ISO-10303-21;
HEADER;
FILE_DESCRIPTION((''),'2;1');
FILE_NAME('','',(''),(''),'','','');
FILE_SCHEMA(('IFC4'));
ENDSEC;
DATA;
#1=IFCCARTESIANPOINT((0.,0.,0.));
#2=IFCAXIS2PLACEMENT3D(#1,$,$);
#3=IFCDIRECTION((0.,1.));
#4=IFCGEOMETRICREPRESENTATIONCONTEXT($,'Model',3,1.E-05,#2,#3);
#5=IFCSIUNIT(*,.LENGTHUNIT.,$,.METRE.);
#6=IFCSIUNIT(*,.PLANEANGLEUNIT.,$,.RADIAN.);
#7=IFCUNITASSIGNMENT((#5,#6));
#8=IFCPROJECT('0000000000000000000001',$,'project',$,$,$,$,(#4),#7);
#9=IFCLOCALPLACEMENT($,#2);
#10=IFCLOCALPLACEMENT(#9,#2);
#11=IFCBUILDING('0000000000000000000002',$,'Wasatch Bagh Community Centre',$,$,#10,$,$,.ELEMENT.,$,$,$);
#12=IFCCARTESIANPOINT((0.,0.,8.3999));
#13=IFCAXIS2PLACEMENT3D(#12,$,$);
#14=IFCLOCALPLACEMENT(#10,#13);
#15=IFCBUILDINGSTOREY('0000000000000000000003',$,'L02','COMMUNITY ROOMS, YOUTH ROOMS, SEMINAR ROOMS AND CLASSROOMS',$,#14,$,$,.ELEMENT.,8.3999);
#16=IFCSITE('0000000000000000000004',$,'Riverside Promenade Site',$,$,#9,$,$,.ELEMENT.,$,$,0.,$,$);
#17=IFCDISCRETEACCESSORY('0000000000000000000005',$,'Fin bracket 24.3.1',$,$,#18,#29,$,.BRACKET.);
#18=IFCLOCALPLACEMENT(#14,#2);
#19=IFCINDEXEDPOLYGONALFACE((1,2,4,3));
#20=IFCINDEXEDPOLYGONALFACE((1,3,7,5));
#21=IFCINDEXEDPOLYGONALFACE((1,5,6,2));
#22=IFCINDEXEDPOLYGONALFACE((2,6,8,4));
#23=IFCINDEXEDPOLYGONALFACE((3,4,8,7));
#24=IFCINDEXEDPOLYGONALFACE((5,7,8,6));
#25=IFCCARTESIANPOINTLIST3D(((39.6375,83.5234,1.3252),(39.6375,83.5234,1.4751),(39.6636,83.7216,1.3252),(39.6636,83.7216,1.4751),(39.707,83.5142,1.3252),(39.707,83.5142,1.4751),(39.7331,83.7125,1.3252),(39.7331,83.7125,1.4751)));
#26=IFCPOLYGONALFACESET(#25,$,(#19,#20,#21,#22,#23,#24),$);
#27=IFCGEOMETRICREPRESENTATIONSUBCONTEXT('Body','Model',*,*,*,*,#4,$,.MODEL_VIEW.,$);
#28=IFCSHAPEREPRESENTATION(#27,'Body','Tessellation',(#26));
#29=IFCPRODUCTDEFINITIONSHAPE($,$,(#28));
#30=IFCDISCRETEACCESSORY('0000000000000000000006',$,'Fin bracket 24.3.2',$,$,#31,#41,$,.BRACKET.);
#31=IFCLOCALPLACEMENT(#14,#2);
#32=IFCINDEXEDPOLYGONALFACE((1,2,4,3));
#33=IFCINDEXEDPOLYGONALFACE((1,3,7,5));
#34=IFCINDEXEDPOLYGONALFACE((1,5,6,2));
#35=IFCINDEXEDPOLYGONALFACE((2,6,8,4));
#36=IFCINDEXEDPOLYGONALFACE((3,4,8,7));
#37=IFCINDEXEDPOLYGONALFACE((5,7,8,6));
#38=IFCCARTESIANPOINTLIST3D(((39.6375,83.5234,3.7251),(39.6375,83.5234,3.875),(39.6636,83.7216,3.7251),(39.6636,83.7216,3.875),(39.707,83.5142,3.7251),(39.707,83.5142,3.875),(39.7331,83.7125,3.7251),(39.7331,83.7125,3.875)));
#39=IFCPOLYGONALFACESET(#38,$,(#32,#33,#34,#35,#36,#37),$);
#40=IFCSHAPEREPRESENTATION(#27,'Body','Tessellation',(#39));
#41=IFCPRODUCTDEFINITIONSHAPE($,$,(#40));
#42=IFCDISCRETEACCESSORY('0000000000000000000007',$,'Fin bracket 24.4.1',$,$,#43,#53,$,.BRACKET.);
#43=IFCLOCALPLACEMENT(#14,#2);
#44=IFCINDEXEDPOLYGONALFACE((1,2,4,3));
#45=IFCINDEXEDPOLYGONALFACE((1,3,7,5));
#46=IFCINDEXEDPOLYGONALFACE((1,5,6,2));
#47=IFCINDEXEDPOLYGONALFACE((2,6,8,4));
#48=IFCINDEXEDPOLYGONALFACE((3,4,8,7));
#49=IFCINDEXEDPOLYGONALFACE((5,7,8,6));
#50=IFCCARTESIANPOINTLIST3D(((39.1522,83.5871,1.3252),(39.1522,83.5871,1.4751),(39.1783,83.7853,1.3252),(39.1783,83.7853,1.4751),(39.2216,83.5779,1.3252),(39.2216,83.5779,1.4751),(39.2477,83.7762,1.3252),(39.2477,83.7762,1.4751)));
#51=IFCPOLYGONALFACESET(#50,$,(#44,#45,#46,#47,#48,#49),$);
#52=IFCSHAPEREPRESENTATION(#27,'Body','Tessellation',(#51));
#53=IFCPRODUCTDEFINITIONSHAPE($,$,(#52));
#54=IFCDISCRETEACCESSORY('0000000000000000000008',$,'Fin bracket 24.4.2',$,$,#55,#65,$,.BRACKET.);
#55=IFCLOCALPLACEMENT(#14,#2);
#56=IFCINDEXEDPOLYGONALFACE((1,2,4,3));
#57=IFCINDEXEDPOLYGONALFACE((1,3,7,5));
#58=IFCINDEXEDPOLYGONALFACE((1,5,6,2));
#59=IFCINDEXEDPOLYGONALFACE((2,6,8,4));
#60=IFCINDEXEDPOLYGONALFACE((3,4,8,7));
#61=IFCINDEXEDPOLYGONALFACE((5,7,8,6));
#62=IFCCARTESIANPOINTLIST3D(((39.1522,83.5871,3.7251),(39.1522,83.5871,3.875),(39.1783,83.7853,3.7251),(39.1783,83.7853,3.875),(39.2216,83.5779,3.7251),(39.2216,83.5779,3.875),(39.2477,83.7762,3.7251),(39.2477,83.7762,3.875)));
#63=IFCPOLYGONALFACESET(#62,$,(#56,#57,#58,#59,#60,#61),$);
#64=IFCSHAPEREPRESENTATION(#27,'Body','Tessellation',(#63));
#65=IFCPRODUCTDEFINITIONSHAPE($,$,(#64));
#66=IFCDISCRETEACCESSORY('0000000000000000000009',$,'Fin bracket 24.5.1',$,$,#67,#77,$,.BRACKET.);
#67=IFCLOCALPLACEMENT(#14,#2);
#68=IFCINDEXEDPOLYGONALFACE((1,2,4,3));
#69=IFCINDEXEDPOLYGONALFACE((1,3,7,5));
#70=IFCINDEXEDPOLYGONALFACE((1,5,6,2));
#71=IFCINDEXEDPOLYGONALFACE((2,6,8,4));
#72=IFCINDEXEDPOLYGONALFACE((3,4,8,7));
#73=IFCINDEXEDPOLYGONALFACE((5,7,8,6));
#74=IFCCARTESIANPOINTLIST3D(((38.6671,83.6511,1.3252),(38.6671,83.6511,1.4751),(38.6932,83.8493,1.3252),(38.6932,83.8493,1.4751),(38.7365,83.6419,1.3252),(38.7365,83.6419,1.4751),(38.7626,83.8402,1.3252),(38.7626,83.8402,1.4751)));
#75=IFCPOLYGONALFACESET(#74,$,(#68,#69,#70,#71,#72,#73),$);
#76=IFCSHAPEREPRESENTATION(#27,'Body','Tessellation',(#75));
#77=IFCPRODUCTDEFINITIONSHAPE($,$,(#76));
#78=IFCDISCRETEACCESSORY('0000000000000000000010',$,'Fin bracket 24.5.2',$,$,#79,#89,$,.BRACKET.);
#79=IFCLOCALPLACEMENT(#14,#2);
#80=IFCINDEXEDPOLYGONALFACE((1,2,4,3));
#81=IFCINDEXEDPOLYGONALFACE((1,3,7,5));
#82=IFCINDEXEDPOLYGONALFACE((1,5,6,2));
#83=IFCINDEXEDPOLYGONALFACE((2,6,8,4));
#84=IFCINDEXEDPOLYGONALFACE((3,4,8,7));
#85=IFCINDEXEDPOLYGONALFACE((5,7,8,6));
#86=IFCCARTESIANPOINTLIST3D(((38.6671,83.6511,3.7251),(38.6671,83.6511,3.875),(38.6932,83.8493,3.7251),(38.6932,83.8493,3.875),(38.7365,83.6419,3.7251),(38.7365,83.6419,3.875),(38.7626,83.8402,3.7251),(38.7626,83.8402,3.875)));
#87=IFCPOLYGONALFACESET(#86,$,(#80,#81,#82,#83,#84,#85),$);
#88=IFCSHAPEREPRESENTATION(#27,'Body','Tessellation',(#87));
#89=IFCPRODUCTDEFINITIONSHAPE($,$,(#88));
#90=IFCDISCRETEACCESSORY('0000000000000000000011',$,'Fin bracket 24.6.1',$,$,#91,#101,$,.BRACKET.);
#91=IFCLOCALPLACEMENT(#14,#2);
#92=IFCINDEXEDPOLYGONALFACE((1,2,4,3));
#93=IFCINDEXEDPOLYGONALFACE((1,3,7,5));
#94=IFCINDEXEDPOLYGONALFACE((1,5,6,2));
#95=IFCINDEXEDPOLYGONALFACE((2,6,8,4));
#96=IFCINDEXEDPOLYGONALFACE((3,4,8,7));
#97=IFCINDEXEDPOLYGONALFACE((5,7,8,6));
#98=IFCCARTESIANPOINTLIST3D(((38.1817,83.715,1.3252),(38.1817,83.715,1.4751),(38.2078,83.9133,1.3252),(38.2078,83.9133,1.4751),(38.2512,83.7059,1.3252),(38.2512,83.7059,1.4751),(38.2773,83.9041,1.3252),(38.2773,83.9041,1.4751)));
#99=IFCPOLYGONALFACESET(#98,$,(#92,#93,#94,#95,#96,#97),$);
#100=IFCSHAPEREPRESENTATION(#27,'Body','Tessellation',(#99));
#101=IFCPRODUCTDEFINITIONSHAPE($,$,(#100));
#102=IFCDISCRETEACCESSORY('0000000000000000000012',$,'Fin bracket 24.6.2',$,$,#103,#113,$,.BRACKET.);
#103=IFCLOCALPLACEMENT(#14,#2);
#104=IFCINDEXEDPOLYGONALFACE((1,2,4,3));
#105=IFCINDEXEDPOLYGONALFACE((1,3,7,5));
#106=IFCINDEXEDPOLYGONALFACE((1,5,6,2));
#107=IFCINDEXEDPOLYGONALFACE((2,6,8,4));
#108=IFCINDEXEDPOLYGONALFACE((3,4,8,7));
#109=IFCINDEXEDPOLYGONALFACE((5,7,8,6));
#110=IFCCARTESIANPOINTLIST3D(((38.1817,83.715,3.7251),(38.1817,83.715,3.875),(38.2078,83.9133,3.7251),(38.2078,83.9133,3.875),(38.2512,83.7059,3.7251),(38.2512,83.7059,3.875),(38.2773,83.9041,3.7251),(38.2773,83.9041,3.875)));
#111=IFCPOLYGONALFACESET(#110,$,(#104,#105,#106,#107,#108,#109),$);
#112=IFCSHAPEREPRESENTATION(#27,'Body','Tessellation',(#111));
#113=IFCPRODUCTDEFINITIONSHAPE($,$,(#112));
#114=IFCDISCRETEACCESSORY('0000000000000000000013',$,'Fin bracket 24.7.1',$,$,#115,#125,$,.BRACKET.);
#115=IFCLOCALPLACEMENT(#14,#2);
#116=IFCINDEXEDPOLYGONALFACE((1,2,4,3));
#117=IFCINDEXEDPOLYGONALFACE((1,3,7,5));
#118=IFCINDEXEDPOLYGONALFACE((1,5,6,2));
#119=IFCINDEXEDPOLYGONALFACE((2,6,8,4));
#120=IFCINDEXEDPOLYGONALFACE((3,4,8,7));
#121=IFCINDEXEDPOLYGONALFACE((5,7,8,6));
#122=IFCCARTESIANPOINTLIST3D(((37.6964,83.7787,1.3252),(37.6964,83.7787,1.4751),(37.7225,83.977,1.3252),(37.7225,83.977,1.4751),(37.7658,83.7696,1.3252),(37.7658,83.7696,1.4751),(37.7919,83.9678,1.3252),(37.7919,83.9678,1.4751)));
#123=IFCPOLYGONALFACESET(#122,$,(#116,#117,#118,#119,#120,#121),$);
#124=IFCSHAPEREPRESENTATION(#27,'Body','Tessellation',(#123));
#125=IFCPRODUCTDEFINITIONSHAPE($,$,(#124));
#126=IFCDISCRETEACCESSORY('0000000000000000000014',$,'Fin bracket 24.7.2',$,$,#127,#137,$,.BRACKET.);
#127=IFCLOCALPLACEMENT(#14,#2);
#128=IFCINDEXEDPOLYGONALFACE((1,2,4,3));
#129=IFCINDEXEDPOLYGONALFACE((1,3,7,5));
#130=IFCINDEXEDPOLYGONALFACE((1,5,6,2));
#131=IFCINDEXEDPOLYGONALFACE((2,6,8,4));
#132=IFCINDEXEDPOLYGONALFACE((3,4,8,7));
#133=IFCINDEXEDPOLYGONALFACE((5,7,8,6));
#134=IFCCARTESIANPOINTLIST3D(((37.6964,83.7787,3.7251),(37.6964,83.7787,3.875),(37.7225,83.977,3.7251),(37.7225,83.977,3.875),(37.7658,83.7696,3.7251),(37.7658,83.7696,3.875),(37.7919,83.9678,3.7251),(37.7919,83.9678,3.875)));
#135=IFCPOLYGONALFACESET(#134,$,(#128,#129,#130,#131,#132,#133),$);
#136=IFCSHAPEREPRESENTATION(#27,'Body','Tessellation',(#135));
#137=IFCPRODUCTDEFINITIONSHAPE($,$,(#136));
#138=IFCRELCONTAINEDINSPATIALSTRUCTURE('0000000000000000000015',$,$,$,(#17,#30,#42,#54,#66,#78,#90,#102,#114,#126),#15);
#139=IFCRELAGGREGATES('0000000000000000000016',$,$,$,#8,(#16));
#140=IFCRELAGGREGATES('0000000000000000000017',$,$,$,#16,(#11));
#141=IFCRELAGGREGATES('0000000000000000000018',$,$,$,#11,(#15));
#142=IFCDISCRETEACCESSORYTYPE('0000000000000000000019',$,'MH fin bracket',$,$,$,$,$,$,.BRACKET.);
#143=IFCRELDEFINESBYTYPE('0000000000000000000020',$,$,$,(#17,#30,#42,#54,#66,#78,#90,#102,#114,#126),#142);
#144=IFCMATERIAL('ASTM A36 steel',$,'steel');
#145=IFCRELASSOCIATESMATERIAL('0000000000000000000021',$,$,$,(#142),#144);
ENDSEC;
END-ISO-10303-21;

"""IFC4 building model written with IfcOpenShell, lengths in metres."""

from ifc_helpers import new_model, si_unit, direction, frame, origin, origin_2d, place, context, subcontext, project, spatial, rectangle, extrude, material, type_object, element, save


model = new_model("IFC4")

# Units and contexts
model_context = context("Model", 3, precision=1e-05, world=origin(), true_north=direction((0.0, 1.0)))
body_context = subcontext(model_context, "Body", "Model", "MODEL_VIEW")
ifc_project = project(units=[si_unit("LENGTHUNIT", "METRE"), si_unit("PLANEANGLEUNIT", "RADIAN")], contexts=[model_context])

# Site, building, storey
site_placement = place(None, origin())
site = spatial("IfcSite", under=ifc_project, at=site_placement, Name="Riverside Promenade Site", CompositionType="ELEMENT", RefElevation=0.0)
building_placement = place(site_placement, origin())
building = spatial("IfcBuilding", under=site, at=building_placement, Name="Wasatch Bagh Community Centre", CompositionType="ELEMENT")
storey_placement = place(building_placement, frame((0.0, 0.0, 8.3999)))
storey = spatial("IfcBuildingStorey", under=building, at=storey_placement, Name="L02", Description="COMMUNITY ROOMS, YOUTH ROOMS, SEMINAR ROOMS AND CLASSROOMS", CompositionType="ELEMENT", Elevation=8.3999)

# Discrete accessories
ifc_material_1 = material(Name="ASTM A36 steel", Category="steel")
discrete_accessory_type_1 = type_object("IfcDiscreteAccessoryType", Name="MH fin bracket", PredefinedType="BRACKET", material=ifc_material_1)
for number, where, z_axis, x_axis, name in (
    (1, (39.6853, 83.6179, 1.3252), (0.0, 0.0, 1.0), (-0.991445, 0.130526, 0.0), "Fin bracket 24.3.1"),
    (2, (39.6853, 83.6179, 3.7251), (0.0, 0.0, 1.0), (-0.991445, 0.130526, 0.0), "Fin bracket 24.3.2"),
    (3, (39.2, 83.6816, 1.3252), (0.0, 0.0, 1.0), (-0.991445, 0.130526, 0.0), "Fin bracket 24.4.1"),
    (4, (39.2, 83.6816, 3.7251), (0.0, 0.0, 1.0), (-0.991445, 0.130526, 0.0), "Fin bracket 24.4.2"),
    (5, (38.7148, 83.7456, 1.3252), (0.0, 0.0, 1.0), (-0.991445, 0.130526, 0.0), "Fin bracket 24.5.1"),
    (6, (38.7148, 83.7456, 3.7251), (0.0, 0.0, 1.0), (-0.991445, 0.130526, 0.0), "Fin bracket 24.5.2"),
    (7, (38.2295, 83.8096, 1.3252), (0.0, 0.0, 1.0), (-0.991445, 0.130526, 0.0), "Fin bracket 24.6.1"),
    (8, (38.2295, 83.8096, 3.7251), (0.0, 0.0, 1.0), (-0.991445, 0.130526, 0.0), "Fin bracket 24.6.2"),
    (9, (37.7441, 83.8733, 1.3252), (0.0, 0.0, 1.0), (-0.991445, 0.130526, 0.0), "Fin bracket 24.7.1"),
    (10, (37.7441, 83.8733, 3.7251), (0.0, 0.0, 1.0), (-0.991445, 0.130526, 0.0), "Fin bracket 24.7.2"),
):
    element("IfcDiscreteAccessory", number, at=place(storey_placement, frame(where, z_axis=z_axis, x_axis=x_axis)), inside=storey, type_object=discrete_accessory_type_1, Name=name, PredefinedType="BRACKET", context=body_context, shape_type="SweptSolid", body=[
        extrude(rectangle(XDim=0.0701, YDim=0.2, at=origin_2d()), origin(), (0.0, 0.0, 1.0), 0.1499),
    ])

save(model, "model.ifc")
